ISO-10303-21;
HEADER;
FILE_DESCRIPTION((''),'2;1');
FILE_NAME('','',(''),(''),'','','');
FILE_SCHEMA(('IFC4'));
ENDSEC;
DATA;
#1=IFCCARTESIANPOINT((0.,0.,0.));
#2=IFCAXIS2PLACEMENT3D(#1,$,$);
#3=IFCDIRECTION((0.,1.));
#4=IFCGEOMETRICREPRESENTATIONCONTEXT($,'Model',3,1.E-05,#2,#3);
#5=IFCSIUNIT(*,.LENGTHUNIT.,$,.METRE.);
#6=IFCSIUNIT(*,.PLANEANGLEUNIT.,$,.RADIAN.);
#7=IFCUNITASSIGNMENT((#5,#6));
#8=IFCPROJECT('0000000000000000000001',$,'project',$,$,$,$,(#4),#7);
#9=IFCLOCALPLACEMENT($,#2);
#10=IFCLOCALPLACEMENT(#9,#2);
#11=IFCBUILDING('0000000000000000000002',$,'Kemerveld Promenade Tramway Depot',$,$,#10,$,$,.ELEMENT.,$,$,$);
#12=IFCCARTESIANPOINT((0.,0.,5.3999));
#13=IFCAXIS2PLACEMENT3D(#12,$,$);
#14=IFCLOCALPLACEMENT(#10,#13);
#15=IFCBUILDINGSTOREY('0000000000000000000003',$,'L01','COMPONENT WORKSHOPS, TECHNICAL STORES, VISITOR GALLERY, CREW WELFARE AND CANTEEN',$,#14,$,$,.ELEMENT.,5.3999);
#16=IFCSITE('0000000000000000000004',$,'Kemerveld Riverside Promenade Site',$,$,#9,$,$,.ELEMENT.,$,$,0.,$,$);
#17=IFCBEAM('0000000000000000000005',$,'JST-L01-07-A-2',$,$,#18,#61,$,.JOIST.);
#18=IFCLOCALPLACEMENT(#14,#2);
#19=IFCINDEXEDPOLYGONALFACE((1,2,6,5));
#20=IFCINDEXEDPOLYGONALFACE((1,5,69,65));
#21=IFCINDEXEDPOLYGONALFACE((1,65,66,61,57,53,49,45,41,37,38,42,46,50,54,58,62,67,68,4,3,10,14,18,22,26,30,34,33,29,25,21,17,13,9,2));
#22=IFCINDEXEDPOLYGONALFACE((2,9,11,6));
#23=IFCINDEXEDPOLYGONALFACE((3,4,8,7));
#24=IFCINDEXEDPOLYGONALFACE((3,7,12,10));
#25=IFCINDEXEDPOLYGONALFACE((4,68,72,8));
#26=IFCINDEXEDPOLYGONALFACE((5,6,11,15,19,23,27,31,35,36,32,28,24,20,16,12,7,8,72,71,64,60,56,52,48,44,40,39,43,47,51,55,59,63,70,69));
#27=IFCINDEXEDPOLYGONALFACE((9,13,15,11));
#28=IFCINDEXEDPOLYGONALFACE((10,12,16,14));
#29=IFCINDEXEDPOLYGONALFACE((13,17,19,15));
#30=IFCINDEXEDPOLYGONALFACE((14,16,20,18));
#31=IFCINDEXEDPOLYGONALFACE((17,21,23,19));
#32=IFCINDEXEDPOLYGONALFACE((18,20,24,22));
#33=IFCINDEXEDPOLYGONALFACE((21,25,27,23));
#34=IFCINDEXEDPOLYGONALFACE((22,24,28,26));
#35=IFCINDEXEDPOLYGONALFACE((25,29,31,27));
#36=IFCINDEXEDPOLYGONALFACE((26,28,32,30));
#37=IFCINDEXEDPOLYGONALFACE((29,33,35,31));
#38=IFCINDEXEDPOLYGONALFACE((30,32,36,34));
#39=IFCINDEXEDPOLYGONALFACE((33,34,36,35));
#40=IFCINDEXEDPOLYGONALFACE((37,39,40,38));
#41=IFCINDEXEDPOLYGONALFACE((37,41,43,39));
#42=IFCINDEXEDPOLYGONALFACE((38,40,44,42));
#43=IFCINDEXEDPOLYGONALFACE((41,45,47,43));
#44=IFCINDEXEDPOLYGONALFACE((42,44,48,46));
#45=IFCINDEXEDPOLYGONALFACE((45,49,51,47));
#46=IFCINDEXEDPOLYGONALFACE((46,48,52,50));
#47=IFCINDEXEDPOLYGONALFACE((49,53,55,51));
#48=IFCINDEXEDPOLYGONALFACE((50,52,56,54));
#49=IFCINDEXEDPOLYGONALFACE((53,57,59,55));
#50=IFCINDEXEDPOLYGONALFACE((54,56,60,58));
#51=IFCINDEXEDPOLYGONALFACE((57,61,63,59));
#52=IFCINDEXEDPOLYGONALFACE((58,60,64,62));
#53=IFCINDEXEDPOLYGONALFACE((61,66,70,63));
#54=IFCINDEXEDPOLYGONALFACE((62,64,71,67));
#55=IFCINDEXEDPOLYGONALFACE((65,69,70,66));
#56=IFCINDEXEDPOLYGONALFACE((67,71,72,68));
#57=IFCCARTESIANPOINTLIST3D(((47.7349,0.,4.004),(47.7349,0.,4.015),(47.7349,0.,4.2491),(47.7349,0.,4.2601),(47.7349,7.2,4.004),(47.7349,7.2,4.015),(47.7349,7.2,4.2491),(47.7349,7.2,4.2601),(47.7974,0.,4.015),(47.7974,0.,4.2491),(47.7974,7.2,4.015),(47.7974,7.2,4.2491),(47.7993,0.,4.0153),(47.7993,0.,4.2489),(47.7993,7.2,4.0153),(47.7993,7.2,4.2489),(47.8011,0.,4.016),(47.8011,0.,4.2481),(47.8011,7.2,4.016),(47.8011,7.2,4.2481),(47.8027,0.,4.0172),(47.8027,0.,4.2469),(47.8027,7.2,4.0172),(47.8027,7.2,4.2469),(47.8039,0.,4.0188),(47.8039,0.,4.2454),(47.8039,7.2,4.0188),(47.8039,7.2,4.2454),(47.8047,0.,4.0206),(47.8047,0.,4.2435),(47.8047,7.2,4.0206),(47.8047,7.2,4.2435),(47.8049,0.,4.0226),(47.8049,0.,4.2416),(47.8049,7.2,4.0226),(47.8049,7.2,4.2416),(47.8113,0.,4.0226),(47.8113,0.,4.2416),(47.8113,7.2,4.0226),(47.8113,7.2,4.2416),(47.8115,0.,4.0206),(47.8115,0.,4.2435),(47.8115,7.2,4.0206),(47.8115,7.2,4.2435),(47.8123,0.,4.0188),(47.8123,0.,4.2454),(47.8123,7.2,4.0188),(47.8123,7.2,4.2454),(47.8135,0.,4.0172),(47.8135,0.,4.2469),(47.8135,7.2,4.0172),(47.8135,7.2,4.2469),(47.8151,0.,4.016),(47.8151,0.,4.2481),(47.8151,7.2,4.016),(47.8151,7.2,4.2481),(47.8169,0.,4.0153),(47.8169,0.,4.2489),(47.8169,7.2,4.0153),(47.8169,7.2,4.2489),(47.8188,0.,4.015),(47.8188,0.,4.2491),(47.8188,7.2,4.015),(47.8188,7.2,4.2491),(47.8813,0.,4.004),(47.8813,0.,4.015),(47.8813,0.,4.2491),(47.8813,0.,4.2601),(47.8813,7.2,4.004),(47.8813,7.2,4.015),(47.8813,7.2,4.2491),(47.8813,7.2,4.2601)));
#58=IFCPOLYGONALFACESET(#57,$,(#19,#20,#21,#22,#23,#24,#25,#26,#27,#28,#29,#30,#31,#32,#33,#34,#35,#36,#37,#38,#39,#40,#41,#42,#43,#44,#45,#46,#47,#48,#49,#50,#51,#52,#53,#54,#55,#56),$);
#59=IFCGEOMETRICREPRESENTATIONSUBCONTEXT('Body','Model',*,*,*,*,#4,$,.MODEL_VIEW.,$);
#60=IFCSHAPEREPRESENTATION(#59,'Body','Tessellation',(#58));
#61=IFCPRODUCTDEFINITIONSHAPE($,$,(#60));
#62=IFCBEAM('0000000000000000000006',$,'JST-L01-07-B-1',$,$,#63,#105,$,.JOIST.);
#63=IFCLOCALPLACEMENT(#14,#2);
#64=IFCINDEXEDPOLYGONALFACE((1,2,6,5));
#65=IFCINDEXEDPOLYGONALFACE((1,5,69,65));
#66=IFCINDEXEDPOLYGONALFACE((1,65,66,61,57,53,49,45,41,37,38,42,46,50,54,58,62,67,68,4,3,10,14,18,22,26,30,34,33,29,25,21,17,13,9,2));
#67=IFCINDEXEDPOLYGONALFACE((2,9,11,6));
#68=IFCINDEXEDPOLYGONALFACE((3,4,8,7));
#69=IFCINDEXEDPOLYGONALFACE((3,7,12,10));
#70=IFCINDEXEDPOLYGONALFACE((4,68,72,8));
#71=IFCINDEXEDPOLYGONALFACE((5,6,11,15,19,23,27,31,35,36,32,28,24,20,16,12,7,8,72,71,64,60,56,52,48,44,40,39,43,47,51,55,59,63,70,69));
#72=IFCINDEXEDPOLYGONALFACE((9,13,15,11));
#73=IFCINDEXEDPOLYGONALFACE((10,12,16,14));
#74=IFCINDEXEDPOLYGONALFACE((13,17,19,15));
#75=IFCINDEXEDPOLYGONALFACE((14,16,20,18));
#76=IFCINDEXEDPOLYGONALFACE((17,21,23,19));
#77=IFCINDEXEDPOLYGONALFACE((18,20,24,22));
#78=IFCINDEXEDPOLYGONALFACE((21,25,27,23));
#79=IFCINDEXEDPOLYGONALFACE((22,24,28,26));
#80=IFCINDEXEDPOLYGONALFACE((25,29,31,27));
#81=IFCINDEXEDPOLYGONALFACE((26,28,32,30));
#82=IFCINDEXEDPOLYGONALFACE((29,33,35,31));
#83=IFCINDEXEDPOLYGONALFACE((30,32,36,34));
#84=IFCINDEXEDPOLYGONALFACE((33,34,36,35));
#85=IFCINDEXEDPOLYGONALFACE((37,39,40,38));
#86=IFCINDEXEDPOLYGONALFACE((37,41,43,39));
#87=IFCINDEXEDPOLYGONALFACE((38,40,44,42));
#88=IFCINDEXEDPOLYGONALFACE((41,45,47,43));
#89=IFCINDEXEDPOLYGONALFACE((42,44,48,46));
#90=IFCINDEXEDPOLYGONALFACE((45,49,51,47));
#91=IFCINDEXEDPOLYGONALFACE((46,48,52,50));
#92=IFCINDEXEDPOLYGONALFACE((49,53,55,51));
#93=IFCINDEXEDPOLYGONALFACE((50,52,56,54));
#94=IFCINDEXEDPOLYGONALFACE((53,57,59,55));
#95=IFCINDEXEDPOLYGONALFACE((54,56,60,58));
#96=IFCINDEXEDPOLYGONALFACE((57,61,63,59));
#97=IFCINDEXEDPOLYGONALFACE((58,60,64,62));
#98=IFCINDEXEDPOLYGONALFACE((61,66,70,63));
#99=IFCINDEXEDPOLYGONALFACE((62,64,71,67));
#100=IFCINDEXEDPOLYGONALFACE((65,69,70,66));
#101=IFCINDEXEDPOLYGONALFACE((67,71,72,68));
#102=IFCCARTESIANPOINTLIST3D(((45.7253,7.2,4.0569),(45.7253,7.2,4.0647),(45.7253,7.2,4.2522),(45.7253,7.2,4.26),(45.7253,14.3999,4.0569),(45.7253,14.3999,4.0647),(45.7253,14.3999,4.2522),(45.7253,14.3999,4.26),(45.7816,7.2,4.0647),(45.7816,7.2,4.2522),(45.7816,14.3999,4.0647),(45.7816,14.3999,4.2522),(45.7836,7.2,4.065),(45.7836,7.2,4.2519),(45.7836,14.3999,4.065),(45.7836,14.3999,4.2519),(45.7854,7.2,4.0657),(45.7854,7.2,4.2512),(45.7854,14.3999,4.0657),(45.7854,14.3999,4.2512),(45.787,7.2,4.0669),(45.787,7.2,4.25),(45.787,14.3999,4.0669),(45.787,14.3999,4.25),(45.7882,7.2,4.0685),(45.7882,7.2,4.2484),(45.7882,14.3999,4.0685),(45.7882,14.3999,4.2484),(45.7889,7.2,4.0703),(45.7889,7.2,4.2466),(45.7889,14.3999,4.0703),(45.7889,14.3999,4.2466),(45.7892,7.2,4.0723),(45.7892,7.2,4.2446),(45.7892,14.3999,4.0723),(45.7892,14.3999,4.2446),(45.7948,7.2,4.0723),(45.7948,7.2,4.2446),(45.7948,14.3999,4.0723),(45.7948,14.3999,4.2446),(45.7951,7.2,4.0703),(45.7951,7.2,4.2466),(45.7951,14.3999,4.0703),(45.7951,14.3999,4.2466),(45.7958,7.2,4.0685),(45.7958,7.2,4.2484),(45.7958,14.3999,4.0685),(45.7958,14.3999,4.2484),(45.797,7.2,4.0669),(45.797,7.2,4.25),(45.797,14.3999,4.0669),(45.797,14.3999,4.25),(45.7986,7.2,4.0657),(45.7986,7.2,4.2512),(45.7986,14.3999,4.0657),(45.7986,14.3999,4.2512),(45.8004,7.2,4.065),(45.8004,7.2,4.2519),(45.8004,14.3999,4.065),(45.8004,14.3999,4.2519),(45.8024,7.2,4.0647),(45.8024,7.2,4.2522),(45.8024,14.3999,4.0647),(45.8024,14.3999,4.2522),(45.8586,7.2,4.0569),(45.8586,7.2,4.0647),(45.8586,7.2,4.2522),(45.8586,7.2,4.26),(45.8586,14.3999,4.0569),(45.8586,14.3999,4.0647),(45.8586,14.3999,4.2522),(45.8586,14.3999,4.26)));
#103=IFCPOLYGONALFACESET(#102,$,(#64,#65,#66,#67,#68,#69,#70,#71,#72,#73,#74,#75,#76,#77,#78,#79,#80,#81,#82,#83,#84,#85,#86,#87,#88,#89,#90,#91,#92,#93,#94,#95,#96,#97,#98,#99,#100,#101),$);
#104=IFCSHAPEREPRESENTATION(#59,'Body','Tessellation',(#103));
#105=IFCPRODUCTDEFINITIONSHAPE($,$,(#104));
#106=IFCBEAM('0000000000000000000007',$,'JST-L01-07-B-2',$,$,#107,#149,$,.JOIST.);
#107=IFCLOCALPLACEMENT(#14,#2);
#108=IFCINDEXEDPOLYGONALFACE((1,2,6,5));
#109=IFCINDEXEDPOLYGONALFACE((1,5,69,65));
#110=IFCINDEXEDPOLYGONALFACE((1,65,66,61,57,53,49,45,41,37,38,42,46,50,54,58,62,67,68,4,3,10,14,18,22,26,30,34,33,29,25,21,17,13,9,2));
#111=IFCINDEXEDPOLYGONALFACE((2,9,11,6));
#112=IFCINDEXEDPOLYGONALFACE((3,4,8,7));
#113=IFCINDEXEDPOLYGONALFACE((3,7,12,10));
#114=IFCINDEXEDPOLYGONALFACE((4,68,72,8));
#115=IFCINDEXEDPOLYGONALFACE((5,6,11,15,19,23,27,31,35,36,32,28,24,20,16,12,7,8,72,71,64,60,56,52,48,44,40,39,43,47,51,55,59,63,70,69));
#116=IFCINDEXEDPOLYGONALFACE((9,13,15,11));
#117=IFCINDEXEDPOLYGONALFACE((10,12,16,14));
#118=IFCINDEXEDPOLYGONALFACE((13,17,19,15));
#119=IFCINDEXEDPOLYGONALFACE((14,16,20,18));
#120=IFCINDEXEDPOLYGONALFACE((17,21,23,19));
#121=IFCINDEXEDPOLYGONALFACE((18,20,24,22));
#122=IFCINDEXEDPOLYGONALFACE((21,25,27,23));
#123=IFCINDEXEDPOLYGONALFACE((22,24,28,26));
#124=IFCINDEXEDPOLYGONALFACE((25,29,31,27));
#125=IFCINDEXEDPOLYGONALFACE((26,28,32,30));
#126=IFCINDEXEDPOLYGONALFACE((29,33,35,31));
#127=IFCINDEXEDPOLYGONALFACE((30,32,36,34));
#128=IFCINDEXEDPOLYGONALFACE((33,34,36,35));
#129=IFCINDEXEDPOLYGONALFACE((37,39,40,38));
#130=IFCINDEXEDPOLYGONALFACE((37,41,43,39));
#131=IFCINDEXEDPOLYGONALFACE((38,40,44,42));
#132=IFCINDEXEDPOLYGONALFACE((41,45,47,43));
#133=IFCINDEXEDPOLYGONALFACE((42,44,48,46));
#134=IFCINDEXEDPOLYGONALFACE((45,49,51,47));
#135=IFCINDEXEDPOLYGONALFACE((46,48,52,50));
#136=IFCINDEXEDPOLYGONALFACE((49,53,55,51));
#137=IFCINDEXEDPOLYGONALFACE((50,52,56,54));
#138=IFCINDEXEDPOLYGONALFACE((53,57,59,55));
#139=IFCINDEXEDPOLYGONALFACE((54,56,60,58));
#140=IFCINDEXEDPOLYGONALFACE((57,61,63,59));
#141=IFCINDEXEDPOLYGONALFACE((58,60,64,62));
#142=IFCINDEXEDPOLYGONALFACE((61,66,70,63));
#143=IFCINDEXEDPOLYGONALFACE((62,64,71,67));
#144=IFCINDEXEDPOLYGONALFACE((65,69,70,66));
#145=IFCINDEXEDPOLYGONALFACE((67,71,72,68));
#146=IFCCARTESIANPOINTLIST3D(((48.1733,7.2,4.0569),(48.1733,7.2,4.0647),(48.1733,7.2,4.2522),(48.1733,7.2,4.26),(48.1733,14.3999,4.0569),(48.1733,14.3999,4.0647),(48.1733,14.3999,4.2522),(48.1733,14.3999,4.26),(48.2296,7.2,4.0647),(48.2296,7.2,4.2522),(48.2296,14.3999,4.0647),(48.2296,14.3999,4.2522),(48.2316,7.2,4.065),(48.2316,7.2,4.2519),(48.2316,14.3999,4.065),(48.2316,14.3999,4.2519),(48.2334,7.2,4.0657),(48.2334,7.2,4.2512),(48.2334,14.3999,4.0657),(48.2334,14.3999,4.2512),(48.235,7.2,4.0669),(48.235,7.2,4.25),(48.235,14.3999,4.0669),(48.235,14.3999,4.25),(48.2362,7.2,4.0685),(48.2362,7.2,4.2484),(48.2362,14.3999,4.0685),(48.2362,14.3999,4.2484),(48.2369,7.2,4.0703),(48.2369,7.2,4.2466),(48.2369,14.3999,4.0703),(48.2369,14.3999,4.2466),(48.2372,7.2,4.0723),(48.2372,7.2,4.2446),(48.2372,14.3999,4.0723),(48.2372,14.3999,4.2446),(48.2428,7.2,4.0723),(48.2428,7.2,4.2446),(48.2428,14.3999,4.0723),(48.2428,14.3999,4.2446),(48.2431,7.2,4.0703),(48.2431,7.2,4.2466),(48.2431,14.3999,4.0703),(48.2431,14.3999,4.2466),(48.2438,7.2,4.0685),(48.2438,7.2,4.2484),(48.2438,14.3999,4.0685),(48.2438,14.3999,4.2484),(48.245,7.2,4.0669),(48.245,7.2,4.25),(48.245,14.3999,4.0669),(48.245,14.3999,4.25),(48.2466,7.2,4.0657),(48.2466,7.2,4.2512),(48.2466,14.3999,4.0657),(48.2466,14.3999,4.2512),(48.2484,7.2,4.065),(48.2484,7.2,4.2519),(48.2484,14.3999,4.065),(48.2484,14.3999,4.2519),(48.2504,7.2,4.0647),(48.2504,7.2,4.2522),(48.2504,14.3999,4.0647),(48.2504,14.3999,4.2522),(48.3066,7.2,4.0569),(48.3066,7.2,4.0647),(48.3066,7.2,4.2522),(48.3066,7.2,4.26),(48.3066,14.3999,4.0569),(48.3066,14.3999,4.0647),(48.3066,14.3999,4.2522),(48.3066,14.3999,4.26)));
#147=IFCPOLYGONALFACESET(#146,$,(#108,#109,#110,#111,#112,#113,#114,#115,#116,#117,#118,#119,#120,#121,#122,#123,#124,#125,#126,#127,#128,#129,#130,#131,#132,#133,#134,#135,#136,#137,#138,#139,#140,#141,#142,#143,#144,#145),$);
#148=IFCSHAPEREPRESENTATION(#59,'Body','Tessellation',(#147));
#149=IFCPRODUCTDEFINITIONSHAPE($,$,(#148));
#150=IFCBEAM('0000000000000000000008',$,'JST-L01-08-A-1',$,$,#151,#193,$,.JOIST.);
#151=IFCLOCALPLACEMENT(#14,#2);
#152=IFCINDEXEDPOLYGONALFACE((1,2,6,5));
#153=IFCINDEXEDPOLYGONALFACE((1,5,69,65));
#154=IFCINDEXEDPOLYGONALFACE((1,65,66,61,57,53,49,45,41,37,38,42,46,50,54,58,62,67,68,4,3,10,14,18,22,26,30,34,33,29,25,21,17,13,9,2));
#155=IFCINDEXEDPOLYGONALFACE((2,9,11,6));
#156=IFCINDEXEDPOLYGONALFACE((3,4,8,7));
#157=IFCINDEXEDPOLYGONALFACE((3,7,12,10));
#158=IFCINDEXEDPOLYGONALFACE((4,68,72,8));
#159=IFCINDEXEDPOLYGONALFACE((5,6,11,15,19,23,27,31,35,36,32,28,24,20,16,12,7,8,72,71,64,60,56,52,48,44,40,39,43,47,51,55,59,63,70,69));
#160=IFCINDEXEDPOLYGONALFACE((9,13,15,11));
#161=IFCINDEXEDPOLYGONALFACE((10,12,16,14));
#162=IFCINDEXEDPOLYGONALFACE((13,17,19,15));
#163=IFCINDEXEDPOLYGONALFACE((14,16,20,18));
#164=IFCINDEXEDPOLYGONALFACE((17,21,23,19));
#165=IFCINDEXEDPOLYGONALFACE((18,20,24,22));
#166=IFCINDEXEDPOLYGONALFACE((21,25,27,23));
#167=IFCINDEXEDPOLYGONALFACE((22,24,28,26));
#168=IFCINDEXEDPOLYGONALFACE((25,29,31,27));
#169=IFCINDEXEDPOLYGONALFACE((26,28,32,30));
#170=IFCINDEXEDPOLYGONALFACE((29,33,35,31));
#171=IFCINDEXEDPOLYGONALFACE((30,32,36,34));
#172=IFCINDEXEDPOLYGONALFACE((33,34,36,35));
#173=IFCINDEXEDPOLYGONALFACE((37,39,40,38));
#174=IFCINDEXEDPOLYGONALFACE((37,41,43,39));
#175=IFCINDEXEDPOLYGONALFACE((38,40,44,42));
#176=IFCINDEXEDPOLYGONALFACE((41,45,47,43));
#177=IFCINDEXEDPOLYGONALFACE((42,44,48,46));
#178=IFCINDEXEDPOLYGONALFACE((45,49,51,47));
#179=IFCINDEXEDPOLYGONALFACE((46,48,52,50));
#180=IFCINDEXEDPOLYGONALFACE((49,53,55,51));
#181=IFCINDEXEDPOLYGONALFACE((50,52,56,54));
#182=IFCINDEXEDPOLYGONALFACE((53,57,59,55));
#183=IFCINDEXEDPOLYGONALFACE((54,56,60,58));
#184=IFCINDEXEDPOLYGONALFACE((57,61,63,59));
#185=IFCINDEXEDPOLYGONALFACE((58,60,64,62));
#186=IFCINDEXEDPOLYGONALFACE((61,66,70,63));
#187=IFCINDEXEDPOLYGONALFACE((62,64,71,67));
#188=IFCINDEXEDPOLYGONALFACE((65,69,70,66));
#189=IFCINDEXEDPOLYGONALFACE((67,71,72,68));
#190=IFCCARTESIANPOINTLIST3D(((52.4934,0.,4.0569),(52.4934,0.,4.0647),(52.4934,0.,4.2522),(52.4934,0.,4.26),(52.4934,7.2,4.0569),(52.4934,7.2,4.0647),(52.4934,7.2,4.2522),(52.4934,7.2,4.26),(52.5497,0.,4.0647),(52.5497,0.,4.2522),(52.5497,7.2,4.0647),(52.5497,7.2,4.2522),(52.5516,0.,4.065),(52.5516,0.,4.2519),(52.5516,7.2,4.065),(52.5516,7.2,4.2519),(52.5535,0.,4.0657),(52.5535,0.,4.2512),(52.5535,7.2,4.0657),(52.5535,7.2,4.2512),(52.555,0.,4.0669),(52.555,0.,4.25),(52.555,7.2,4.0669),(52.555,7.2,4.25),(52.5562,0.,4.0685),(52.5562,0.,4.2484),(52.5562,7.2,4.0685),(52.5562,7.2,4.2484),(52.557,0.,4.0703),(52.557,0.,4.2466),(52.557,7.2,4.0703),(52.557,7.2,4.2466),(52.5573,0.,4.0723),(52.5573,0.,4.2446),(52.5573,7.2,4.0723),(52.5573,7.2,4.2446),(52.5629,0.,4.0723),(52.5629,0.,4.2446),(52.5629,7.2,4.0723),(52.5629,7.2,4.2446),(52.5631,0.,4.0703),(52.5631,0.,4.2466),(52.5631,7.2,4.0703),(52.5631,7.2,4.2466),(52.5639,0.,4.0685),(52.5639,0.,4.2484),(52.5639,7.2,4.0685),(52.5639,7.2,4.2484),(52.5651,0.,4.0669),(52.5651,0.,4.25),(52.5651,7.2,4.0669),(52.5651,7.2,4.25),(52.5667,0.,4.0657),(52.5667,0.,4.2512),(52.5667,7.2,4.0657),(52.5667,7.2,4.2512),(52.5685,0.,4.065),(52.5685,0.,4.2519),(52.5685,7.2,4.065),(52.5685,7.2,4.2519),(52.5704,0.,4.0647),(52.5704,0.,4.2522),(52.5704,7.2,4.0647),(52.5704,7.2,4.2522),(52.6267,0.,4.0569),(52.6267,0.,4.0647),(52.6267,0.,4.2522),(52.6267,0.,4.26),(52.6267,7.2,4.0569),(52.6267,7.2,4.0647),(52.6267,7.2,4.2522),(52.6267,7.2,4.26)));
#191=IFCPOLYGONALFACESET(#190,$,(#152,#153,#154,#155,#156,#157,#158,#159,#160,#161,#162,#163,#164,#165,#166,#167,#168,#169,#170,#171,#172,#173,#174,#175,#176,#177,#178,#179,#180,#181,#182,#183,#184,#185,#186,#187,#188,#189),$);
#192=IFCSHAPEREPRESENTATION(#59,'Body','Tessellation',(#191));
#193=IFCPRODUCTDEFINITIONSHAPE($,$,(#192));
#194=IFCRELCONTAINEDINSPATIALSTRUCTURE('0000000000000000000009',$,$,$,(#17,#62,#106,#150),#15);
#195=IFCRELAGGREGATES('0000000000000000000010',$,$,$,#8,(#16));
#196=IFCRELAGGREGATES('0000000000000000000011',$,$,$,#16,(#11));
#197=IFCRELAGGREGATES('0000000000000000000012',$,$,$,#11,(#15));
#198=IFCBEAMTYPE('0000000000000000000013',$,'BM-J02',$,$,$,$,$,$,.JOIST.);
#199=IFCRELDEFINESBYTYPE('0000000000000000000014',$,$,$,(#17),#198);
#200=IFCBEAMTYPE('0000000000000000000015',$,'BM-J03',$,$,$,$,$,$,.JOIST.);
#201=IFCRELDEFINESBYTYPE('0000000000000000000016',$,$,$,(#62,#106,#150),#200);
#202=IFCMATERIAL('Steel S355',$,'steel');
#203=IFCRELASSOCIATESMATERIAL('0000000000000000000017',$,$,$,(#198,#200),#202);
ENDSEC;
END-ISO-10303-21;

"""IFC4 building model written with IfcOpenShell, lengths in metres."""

from ifc_helpers import new_model, si_unit, direction, frame, origin, origin_2d, place, context, subcontext, project, spatial, i_section, extrude, material, material_profile, profile_set, type_object, element, save


model = new_model("IFC4")

# Units and contexts
model_context = context("Model", 3, precision=1e-05, world=origin(), true_north=direction((0.0, 1.0)))
body_context = subcontext(model_context, "Body", "Model", "MODEL_VIEW")
ifc_project = project(units=[si_unit("LENGTHUNIT", "METRE"), si_unit("PLANEANGLEUNIT", "RADIAN")], contexts=[model_context])

# Site, building, storey
site_placement = place(None, origin())
site = spatial("IfcSite", under=ifc_project, at=site_placement, Name="Kemerveld Riverside Promenade Site", CompositionType="ELEMENT", RefElevation=0.0)
building_placement = place(site_placement, origin())
building = spatial("IfcBuilding", under=site, at=building_placement, Name="Kemerveld Promenade Tramway Depot", CompositionType="ELEMENT")
storey_placement = place(building_placement, frame((0.0, 0.0, 5.3999)))
storey = spatial("IfcBuildingStorey", under=building, at=storey_placement, Name="L01", Description="COMPONENT WORKSHOPS, TECHNICAL STORES, VISITOR GALLERY, CREW WELFARE AND CANTEEN", CompositionType="ELEMENT", Elevation=5.3999)

# Shared definitions
ifc_material_1 = material(Name="Steel S355", Category="steel")

# Beams
ifc_material_profile_1 = material_profile(ifc_material_1, i_section(OverallWidth=0.1465, OverallDepth=0.2561, WebThickness=0.0063, FlangeThickness=0.011, FilletRadius=0.0076, at=origin_2d()), Name="254x146x37 UB")
ifc_profile_set_1 = profile_set([ifc_material_profile_1], Name="Steel S355")
beam_type_1 = type_object("IfcBeamType", Name="BM-J02", PredefinedType="JOIST", material=ifc_profile_set_1)
for number, where, z_axis, x_axis, name in (
    (1, (47.8081, 0.0, 4.1321), (0.0, 1.0, 0.0), (-1.0, 0.0, 0.0), "JST-L01-07-A-2"),
):
    element("IfcBeam", number, at=place(storey_placement, frame(where, z_axis=z_axis, x_axis=x_axis)), inside=storey, type_object=beam_type_1, Name=name, PredefinedType="JOIST", context=body_context, shape_type="SweptSolid", body=[
        extrude(i_section(OverallWidth=0.1465, OverallDepth=0.2561, WebThickness=0.0063, FlangeThickness=0.011, FilletRadius=0.0076, at=origin_2d()), origin(), (0.0, 0.0, 1.0), 7.2),
    ])
ifc_material_profile_2 = material_profile(ifc_material_1, i_section(OverallWidth=0.1333, OverallDepth=0.2031, WebThickness=0.0056, FlangeThickness=0.0078, FilletRadius=0.0076, at=origin_2d()), Name="203x133x25 UB")
ifc_profile_set_2 = profile_set([ifc_material_profile_2], Name="Steel S355")
beam_type_2 = type_object("IfcBeamType", Name="BM-J03", PredefinedType="JOIST", material=ifc_profile_set_2)
for number, where, z_axis, x_axis, name in (
    (2, (45.792, 7.2, 4.1584), (0.0, 1.0, 0.0), (-1.0, 0.0, 0.0), "JST-L01-07-B-1"),
    (3, (48.24, 7.2, 4.1584), (0.0, 1.0, 0.0), (-1.0, 0.0, 0.0), "JST-L01-07-B-2"),
    (4, (52.5601, 0.0, 4.1584), (0.0, 1.0, 0.0), (-1.0, 0.0, 0.0), "JST-L01-08-A-1"),
):
    element("IfcBeam", number, at=place(storey_placement, frame(where, z_axis=z_axis, x_axis=x_axis)), inside=storey, type_object=beam_type_2, Name=name, PredefinedType="JOIST", context=body_context, shape_type="SweptSolid", body=[
        extrude(i_section(OverallWidth=0.1333, OverallDepth=0.2031, WebThickness=0.0056, FlangeThickness=0.0078, FilletRadius=0.0076, at=origin_2d()), origin(), (0.0, 0.0, 1.0), 7.2),
    ])

save(model, "model.ifc")
